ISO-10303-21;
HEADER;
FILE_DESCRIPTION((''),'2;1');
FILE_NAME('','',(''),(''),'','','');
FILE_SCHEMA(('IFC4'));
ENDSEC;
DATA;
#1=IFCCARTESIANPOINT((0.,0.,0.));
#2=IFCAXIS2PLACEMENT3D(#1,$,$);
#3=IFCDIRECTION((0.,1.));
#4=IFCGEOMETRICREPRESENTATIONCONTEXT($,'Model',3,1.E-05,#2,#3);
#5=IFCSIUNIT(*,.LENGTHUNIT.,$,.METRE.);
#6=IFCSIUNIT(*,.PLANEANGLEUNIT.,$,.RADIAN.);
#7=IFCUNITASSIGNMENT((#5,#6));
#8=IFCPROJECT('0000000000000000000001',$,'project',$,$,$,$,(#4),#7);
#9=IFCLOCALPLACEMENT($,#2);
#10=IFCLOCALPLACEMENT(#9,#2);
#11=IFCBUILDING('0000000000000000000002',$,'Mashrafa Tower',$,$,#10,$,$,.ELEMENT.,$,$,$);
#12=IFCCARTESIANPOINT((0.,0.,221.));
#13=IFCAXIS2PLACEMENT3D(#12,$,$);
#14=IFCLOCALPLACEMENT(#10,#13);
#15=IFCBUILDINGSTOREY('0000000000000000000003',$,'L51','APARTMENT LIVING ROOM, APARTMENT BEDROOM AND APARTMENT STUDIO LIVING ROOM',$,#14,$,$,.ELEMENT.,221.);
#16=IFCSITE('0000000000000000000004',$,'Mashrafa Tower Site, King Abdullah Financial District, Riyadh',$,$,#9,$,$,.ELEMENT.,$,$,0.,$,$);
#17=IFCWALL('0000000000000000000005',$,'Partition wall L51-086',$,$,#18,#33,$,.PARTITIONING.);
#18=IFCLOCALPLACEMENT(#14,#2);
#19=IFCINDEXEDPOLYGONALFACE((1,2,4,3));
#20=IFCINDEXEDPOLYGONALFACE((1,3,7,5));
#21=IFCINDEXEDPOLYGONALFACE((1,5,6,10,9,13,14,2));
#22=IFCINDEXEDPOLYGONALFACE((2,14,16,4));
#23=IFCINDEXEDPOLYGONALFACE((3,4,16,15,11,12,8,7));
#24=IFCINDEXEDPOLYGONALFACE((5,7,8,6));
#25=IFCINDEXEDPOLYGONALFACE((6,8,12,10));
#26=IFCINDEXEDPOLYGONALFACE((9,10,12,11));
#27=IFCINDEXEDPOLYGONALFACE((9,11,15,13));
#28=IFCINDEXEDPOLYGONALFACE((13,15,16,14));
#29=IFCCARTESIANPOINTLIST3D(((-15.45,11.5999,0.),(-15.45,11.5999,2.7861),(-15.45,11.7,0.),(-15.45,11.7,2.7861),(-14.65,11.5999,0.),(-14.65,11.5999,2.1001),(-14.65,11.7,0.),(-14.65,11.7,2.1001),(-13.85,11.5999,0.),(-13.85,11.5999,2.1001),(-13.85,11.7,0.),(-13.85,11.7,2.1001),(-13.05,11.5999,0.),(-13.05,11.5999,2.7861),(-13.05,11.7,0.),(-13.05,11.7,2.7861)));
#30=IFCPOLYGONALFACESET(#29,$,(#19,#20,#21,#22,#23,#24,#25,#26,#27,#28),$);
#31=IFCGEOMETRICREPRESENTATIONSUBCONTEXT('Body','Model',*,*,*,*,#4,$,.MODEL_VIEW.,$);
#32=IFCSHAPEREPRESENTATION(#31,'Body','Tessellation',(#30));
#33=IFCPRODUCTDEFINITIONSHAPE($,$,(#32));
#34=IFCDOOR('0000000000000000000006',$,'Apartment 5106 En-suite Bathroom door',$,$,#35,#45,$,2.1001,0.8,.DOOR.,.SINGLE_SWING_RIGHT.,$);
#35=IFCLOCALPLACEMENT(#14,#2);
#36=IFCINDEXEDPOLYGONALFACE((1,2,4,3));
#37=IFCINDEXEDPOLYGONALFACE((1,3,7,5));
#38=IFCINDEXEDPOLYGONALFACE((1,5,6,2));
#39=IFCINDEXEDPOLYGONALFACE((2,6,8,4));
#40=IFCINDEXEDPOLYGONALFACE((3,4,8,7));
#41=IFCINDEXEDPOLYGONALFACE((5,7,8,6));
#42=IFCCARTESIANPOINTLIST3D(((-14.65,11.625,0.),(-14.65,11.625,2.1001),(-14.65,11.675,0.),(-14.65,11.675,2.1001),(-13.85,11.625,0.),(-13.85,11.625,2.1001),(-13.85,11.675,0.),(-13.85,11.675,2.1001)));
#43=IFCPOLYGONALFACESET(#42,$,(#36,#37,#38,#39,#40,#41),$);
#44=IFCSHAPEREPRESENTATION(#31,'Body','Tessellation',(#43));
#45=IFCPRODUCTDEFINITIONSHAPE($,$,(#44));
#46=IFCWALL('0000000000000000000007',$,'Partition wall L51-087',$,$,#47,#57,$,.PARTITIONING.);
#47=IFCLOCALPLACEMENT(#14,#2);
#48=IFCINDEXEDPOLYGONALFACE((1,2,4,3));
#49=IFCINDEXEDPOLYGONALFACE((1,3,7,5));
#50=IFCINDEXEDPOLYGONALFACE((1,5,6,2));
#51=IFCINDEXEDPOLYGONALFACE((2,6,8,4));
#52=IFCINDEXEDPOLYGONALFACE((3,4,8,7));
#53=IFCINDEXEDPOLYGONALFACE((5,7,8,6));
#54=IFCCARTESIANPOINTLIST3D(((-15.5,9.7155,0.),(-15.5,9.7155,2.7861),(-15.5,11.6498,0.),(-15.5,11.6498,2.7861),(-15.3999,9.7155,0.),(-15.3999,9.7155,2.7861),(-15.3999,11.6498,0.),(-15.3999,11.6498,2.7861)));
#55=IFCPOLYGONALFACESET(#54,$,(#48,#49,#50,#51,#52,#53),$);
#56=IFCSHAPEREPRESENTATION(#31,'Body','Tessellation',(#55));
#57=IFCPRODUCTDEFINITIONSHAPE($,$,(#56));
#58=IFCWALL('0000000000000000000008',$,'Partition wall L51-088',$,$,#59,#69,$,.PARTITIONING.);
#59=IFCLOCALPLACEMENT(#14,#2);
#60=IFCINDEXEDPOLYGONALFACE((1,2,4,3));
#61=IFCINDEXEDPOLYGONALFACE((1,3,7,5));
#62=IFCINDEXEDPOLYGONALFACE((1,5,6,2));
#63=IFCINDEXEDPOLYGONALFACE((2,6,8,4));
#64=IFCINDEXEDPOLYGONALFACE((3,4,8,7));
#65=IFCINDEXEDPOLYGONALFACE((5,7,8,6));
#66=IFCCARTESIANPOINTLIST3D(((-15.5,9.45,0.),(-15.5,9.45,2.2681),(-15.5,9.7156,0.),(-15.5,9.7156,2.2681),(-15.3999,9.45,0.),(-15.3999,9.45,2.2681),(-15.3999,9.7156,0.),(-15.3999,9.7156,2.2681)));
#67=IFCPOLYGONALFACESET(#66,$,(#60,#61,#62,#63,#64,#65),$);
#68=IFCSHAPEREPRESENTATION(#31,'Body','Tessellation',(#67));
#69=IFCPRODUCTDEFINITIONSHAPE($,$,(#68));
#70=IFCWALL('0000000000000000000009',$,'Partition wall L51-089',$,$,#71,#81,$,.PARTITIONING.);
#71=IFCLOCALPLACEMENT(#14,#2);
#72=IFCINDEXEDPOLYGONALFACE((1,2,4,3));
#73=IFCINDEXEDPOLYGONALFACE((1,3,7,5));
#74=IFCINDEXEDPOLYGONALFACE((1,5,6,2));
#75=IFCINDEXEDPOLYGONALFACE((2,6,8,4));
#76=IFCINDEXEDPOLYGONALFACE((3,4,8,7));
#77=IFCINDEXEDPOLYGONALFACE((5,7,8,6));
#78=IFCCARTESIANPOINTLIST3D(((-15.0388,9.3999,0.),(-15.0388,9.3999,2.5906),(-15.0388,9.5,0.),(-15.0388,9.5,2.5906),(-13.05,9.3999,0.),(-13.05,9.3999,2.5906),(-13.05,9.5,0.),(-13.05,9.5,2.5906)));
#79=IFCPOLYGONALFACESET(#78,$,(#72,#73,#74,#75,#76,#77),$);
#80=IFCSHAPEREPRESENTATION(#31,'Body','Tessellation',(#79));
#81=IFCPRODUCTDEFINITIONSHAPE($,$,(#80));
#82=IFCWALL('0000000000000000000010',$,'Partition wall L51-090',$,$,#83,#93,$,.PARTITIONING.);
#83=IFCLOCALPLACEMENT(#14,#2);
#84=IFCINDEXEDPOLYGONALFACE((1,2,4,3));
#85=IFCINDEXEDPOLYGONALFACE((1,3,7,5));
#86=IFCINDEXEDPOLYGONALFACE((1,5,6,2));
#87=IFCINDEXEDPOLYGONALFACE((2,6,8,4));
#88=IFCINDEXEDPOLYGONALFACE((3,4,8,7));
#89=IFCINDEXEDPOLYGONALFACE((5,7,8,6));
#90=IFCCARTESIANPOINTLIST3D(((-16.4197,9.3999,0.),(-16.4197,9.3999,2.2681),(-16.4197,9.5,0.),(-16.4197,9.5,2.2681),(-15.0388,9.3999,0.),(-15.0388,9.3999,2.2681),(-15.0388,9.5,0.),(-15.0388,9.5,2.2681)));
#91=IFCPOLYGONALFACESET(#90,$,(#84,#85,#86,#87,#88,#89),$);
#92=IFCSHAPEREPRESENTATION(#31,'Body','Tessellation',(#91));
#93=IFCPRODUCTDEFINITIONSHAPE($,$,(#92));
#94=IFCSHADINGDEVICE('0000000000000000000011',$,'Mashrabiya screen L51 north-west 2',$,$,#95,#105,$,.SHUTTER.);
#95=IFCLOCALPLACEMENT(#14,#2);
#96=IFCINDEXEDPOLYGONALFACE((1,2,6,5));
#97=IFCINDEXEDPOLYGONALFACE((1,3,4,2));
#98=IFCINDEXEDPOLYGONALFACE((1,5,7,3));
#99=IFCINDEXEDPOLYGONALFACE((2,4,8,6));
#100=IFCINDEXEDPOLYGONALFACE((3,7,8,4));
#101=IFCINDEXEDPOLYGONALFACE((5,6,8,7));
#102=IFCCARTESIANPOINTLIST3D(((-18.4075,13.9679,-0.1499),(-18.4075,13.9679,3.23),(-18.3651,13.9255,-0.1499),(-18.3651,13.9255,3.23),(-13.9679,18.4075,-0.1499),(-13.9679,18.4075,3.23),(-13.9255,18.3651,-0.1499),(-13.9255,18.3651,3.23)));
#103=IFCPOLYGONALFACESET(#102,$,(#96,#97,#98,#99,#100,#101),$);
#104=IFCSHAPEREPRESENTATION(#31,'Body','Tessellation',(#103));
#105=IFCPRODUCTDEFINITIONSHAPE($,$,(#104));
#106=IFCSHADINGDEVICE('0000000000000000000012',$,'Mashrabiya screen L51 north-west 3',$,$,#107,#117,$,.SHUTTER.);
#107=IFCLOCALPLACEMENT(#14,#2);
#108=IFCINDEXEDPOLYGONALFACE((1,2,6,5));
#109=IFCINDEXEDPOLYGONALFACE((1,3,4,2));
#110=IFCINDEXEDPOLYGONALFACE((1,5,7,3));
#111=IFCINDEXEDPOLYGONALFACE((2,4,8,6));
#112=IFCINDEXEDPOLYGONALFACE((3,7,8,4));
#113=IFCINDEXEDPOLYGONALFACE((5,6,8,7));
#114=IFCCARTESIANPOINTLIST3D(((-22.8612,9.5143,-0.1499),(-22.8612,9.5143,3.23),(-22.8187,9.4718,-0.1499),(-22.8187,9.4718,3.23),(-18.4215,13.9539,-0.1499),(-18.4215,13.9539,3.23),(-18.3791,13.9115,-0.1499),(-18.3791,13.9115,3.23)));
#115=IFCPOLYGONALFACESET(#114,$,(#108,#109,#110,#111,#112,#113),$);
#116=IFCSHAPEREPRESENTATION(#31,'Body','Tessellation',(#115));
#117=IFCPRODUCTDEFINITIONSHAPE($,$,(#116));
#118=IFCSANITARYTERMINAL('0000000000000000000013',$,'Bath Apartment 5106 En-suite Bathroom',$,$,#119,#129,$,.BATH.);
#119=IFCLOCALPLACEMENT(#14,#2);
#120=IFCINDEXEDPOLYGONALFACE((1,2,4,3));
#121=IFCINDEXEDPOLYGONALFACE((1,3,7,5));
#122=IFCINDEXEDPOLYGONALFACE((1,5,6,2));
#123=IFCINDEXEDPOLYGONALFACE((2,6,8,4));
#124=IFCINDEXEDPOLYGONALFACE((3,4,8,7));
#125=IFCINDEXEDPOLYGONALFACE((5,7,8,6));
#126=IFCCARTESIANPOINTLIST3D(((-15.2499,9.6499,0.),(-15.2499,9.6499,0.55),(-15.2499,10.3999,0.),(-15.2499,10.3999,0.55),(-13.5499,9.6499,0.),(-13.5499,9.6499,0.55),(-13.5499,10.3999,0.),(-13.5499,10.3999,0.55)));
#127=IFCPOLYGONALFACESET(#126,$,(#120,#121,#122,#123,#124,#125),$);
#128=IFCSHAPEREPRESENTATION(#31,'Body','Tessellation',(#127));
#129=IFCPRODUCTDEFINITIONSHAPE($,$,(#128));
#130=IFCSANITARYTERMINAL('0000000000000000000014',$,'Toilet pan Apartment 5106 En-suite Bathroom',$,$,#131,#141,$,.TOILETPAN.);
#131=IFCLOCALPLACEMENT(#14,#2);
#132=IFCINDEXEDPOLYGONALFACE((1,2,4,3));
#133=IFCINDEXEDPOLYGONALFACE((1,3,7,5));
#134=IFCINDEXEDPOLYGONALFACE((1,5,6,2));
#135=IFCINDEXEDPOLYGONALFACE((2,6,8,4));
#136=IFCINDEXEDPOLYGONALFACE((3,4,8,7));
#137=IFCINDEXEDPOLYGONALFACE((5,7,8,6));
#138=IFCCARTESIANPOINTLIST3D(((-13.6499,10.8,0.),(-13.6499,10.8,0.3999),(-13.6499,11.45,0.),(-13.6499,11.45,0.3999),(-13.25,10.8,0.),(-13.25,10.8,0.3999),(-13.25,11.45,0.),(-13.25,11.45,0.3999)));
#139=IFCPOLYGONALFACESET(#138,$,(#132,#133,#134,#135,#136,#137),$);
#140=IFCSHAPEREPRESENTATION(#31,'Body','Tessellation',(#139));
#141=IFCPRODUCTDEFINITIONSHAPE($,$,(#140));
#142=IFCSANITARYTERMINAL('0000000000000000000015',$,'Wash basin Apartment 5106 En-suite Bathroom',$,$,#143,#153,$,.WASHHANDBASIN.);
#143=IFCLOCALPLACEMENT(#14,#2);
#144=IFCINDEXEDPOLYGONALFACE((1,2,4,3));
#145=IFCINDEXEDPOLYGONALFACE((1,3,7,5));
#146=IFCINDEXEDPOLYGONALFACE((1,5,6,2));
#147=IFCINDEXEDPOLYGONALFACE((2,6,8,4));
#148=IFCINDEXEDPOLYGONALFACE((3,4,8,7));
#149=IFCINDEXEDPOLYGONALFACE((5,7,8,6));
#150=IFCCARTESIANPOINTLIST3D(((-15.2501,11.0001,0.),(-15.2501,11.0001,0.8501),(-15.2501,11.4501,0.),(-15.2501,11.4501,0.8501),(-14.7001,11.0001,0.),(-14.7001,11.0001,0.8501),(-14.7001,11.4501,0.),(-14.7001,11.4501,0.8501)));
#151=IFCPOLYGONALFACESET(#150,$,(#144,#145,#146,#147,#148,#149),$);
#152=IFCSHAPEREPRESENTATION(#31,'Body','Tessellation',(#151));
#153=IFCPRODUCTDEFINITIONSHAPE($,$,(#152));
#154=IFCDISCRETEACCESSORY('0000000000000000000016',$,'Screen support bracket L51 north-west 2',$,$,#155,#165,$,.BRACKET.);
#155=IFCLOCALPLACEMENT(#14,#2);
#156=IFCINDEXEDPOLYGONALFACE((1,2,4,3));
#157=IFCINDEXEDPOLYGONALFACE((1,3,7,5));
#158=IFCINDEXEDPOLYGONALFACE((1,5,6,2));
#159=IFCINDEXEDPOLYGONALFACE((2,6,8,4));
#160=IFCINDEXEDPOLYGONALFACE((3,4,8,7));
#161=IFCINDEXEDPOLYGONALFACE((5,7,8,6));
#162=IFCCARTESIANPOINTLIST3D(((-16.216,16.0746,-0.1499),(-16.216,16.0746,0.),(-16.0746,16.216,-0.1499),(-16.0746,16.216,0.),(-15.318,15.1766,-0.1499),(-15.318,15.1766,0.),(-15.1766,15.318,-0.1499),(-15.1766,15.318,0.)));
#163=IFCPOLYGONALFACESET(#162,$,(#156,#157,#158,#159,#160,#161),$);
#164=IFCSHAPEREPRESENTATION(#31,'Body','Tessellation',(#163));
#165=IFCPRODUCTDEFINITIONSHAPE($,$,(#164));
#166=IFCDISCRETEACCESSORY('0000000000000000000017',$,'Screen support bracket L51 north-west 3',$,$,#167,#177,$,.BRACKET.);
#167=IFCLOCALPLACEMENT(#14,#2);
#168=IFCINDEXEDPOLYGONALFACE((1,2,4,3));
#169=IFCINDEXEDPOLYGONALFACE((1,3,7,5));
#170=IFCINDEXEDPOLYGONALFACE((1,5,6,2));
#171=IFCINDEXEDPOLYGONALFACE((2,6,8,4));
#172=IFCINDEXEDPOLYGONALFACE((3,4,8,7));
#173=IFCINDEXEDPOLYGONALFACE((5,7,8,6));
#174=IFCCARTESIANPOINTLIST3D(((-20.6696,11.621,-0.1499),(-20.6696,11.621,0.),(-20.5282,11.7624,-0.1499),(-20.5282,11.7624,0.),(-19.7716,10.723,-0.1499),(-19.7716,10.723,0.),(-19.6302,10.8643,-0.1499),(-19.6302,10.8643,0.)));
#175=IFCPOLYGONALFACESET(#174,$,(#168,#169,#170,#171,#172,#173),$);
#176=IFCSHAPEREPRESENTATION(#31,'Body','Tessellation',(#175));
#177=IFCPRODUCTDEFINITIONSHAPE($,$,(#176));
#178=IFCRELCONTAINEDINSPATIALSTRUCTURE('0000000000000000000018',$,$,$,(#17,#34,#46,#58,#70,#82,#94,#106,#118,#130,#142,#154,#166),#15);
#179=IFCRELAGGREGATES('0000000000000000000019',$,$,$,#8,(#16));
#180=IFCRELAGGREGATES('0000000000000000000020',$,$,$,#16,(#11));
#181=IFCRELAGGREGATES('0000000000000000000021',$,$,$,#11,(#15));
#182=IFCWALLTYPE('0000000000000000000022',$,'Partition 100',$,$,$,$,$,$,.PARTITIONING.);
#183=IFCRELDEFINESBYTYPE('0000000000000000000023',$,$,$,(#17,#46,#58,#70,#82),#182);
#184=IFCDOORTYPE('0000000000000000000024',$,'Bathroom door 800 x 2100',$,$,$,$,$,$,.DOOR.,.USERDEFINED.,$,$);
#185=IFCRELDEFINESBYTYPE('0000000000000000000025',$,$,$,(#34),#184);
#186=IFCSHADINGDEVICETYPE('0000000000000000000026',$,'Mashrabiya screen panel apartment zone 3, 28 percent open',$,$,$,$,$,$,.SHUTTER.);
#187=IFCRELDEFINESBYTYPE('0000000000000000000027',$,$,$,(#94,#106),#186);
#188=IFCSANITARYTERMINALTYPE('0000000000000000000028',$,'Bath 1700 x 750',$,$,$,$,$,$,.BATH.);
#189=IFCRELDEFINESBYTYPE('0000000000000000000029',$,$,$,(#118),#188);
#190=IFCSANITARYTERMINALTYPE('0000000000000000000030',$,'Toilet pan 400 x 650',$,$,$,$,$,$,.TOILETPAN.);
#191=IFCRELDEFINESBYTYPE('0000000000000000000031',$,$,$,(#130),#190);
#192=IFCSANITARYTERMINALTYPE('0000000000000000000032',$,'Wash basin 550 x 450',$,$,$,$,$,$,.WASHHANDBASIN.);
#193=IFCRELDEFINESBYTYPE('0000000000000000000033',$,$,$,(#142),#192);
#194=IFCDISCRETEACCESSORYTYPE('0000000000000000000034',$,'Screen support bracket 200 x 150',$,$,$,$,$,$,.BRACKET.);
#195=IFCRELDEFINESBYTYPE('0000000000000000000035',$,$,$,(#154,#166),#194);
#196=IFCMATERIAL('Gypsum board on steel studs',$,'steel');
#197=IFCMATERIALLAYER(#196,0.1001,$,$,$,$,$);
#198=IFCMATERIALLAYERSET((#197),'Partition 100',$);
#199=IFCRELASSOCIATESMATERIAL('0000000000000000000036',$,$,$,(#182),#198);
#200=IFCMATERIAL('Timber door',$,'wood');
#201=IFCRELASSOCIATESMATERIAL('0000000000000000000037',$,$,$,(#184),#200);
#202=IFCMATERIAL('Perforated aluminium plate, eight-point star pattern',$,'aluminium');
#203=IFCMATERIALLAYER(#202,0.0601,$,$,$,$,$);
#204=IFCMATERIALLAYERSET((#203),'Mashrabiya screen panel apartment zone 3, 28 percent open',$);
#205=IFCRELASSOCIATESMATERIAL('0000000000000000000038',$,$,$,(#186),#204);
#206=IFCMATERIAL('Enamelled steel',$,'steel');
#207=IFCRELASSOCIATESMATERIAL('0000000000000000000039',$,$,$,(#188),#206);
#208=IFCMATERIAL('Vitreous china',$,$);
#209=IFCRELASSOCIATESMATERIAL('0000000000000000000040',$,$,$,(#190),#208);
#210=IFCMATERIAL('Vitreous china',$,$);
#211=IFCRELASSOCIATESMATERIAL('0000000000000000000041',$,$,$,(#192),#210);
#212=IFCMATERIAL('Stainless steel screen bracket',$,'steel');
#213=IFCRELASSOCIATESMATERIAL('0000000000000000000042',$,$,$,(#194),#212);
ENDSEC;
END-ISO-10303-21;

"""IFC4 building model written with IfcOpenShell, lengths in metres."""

from ifc_helpers import new_model, si_unit, direction, frame, frame_2d, origin, origin_2d, place, context, subcontext, project, spatial, rectangle, extrude, source, transform, mapped, material, layer, layer_set, type_object, type_shapes, element, fill, save


model = new_model("IFC4")

# Units and contexts
model_context = context("Model", 3, precision=1e-05, world=origin(), true_north=direction((0.0, 1.0)))
body_context = subcontext(model_context, "Body", "Model", "MODEL_VIEW")
ifc_project = project(units=[si_unit("LENGTHUNIT", "METRE"), si_unit("PLANEANGLEUNIT", "RADIAN")], contexts=[model_context])

# Site, building, storey
site_placement = place(None, origin())
site = spatial("IfcSite", under=ifc_project, at=site_placement, Name="Mashrafa Tower Site, King Abdullah Financial District, Riyadh", CompositionType="ELEMENT", RefElevation=0.0)
building_placement = place(site_placement, origin())
building = spatial("IfcBuilding", under=site, at=building_placement, Name="Mashrafa Tower", CompositionType="ELEMENT")
storey_placement = place(building_placement, frame((0.0, 0.0, 221.0)))
storey = spatial("IfcBuildingStorey", under=building, at=storey_placement, Name="L51", Description="APARTMENT LIVING ROOM, APARTMENT BEDROOM AND APARTMENT STUDIO LIVING ROOM", CompositionType="ELEMENT", Elevation=221.0)

# Wall, opening, door
ifc_material_1 = material(Name="Gypsum board on steel studs", Category="steel")
ifc_layer_1 = layer(ifc_material_1, 0.1001)
ifc_layer_set_1 = layer_set([ifc_layer_1], Name="Partition 100")
wall_type_1 = type_object("IfcWallType", Name="Partition 100", PredefinedType="PARTITIONING", material=ifc_layer_set_1)
wall_1_placement = place(storey_placement, frame((-13.05, 11.6499, 0.0), z_axis=(0.0, 0.0, 1.0), x_axis=(-1.0, 0.0, 0.0)))
wall_1 = element("IfcWall", 1, at=wall_1_placement, inside=storey, type_object=wall_type_1, Name="Partition wall L51-086", PredefinedType="PARTITIONING", context=body_context, shape_type="SweptSolid", body=[
    extrude(rectangle(XDim=2.3999, YDim=0.1001, at=frame_2d((1.2, 0.0))), origin(), (0.0, 0.0, 1.0), 2.7861),
])
opening_placement = place(wall_1_placement, frame((0.8, 0.0, 0.0)))
opening = element("IfcOpeningElement", 2, at=opening_placement, cuts=wall_1, PredefinedType="OPENING", context=body_context, shape_type="SweptSolid", body=[
    extrude(rectangle(XDim=0.8, YDim=2.1001, at=frame_2d((0.3999, 1.05))), frame((0.0, 0.0601, 0.0), z_axis=(0.0, -1.0, 0.0), x_axis=(1.0, 0.0, 0.0)), (0.0, 0.0, 1.0), 0.1201),
])
ifc_material_2 = material(Name="Timber door", Category="wood")
door_type = type_object("IfcDoorType", Name="Bathroom door 800 x 2100", OperationType="USERDEFINED", PredefinedType="DOOR", material=ifc_material_2)
door_placement = place(opening_placement, origin())
door = element("IfcDoor", 3, at=door_placement, inside=storey, type_object=door_type, Name="Apartment 5106 En-suite Bathroom door", OperationType="SINGLE_SWING_RIGHT", OverallHeight=2.1001, OverallWidth=0.8, PredefinedType="DOOR", context=body_context, shape_type="SweptSolid", body=[
    extrude(rectangle(XDim=0.8, YDim=2.1001, at=frame_2d((0.3999, 1.05))), frame((0.0, 0.0249, 0.0), z_axis=(0.0, -1.0, 0.0), x_axis=(1.0, 0.0, 0.0)), (0.0, 0.0, 1.0), 0.05),
])
fill(opening, door)

# Walls
wall_2_placement = place(storey_placement, frame((-15.45, 11.6499, 0.0), z_axis=(0.0, 0.0, 1.0), x_axis=(0.0, -1.0, 0.0)))
element("IfcWall", 4, at=wall_2_placement, inside=storey, type_object=wall_type_1, Name="Partition wall L51-087", PredefinedType="PARTITIONING", context=body_context, shape_type="SweptSolid", body=[
    extrude(rectangle(XDim=1.9343, YDim=0.1001, at=frame_2d((0.9673, 0.0))), origin(), (0.0, 0.0, 1.0), 2.7861),
])
wall_3_placement = place(storey_placement, frame((-15.45, 9.7156, 0.0), z_axis=(0.0, 0.0, 1.0), x_axis=(0.0, -1.0, 0.0)))
element("IfcWall", 5, at=wall_3_placement, inside=storey, type_object=wall_type_1, Name="Partition wall L51-088", PredefinedType="PARTITIONING", context=body_context, shape_type="SweptSolid", body=[
    extrude(rectangle(XDim=0.2656, YDim=0.1001, at=frame_2d((0.1328, 0.0))), origin(), (0.0, 0.0, 1.0), 2.2681),
])
wall_4_placement = place(storey_placement, frame((-15.0388, 9.45, 0.0), z_axis=(0.0, 0.0, 1.0), x_axis=(1.0, 0.0, 0.0)))
element("IfcWall", 6, at=wall_4_placement, inside=storey, type_object=wall_type_1, Name="Partition wall L51-089", PredefinedType="PARTITIONING", context=body_context, shape_type="SweptSolid", body=[
    extrude(rectangle(XDim=1.9888, YDim=0.1001, at=frame_2d((0.9944, 0.0))), origin(), (0.0, 0.0, 1.0), 2.5906),
])
wall_5_placement = place(storey_placement, frame((-15.0388, 9.45, 0.0), z_axis=(0.0, 0.0, 1.0), x_axis=(-1.0, 0.0, 0.0)))
element("IfcWall", 7, at=wall_5_placement, inside=storey, type_object=wall_type_1, Name="Partition wall L51-090", PredefinedType="PARTITIONING", context=body_context, shape_type="SweptSolid", body=[
    extrude(rectangle(XDim=1.3809, YDim=0.1001, at=frame_2d((0.6904, 0.0))), origin(), (0.0, 0.0, 1.0), 2.2681),
])

# Shading devices
ifc_material_3 = material(Name="Perforated aluminium plate, eight-point star pattern", Category="aluminium")
ifc_layer_2 = layer(ifc_material_3, 0.0601)
ifc_layer_set_2 = layer_set([ifc_layer_2], Name="Mashrabiya screen panel apartment zone 3, 28 percent open")
shading_device_type = type_object("IfcShadingDeviceType", Name="Mashrabiya screen panel apartment zone 3, 28 percent open", PredefinedType="SHUTTER", material=ifc_layer_set_2)
shared_shape_1 = source(origin(), body_context, "Body", "SweptSolid", [
    extrude(rectangle(XDim=6.2786, YDim=0.0601, at=origin_2d()), origin(), (0.0, 0.0, 1.0), 3.3799),
])
type_shapes(shading_device_type, [shared_shape_1])
for number, where, z_axis, x_axis, name in (
    (8, (-16.1665, 16.1665, -0.1499), (0.0, 0.0, 1.0), (-0.707107, -0.707107, 0.0), "Mashrabiya screen L51 north-west 2"),
    (9, (-20.6201, 11.7129, -0.1499), (0.0, 0.0, 1.0), (-0.707107, -0.707107, 0.0), "Mashrabiya screen L51 north-west 3"),
):
    element("IfcShadingDevice", number, at=place(storey_placement, frame(where, z_axis=z_axis, x_axis=x_axis)), inside=storey, type_object=shading_device_type, Name=name, PredefinedType="SHUTTER", context=body_context, shape_type="MappedRepresentation", body=[
        mapped(shared_shape_1, transform((0.0, 0.0, 0.0))),
    ])

# Sanitary terminals
ifc_material_4 = material(Name="Enamelled steel", Category="steel")
sanitary_terminal_type_1 = type_object("IfcSanitaryTerminalType", Name="Bath 1700 x 750", PredefinedType="BATH", material=ifc_material_4)
sanitary_terminal_1_placement = place(storey_placement, frame((-14.3999, 10.0249, 0.0), z_axis=(0.0, 0.0, 1.0), x_axis=(1.0, 0.0, 0.0)))
element("IfcSanitaryTerminal", 10, at=sanitary_terminal_1_placement, inside=storey, type_object=sanitary_terminal_type_1, Name="Bath Apartment 5106 En-suite Bathroom", PredefinedType="BATH", context=body_context, shape_type="SweptSolid", body=[
    extrude(rectangle(XDim=1.7, YDim=0.75, at=origin_2d()), origin(), (0.0, 0.0, 1.0), 0.55),
])
ifc_material_5 = material(Name="Vitreous china")
sanitary_terminal_type_2 = type_object("IfcSanitaryTerminalType", Name="Toilet pan 400 x 650", PredefinedType="TOILETPAN", material=ifc_material_5)
sanitary_terminal_2_placement = place(storey_placement, frame((-13.45, 11.125, 0.0), z_axis=(0.0, 0.0, 1.0), x_axis=(-1.0, 0.0, 0.0)))
element("IfcSanitaryTerminal", 11, at=sanitary_terminal_2_placement, inside=storey, type_object=sanitary_terminal_type_2, Name="Toilet pan Apartment 5106 En-suite Bathroom", PredefinedType="TOILETPAN", context=body_context, shape_type="SweptSolid", body=[
    extrude(rectangle(XDim=0.3999, YDim=0.6499, at=origin_2d()), origin(), (0.0, 0.0, 1.0), 0.3999),
])
ifc_material_6 = material(Name="Vitreous china")
sanitary_terminal_type_3 = type_object("IfcSanitaryTerminalType", Name="Wash basin 550 x 450", PredefinedType="WASHHANDBASIN", material=ifc_material_6)
sanitary_terminal_3_placement = place(storey_placement, frame((-14.9751, 11.2251, 0.0), z_axis=(0.0, 0.0, 1.0), x_axis=(-1.0, 0.0, 0.0)))
element("IfcSanitaryTerminal", 12, at=sanitary_terminal_3_placement, inside=storey, type_object=sanitary_terminal_type_3, Name="Wash basin Apartment 5106 En-suite Bathroom", PredefinedType="WASHHANDBASIN", context=body_context, shape_type="SweptSolid", body=[
    extrude(rectangle(XDim=0.55, YDim=0.45, at=origin_2d()), origin(), (0.0, 0.0, 1.0), 0.8501),
])

# Discrete accessories
ifc_material_7 = material(Name="Stainless steel screen bracket", Category="steel")
discrete_accessory_type = type_object("IfcDiscreteAccessoryType", Name="Screen support bracket 200 x 150", PredefinedType="BRACKET", material=ifc_material_7)
shared_shape_2 = source(origin(), body_context, "Body", "SweptSolid", [
    extrude(rectangle(XDim=0.2, YDim=1.27, at=origin_2d()), origin(), (0.0, 0.0, 1.0), 0.1499),
])
type_shapes(discrete_accessory_type, [shared_shape_2])
for number, where, z_axis, x_axis, name in (
    (13, (-15.6963, 15.6963, -0.1499), (0.0, 0.0, 1.0), (-0.707107, -0.707107, 0.0), "Screen support bracket L51 north-west 2"),
    (14, (-20.1499, 11.2427, -0.1499), (0.0, 0.0, 1.0), (-0.707107, -0.707107, 0.0), "Screen support bracket L51 north-west 3"),
):
    element("IfcDiscreteAccessory", number, at=place(storey_placement, frame(where, z_axis=z_axis, x_axis=x_axis)), inside=storey, type_object=discrete_accessory_type, Name=name, PredefinedType="BRACKET", context=body_context, shape_type="MappedRepresentation", body=[
        mapped(shared_shape_2, transform((0.0, 0.0, 0.0))),
    ])

save(model, "model.ifc")
